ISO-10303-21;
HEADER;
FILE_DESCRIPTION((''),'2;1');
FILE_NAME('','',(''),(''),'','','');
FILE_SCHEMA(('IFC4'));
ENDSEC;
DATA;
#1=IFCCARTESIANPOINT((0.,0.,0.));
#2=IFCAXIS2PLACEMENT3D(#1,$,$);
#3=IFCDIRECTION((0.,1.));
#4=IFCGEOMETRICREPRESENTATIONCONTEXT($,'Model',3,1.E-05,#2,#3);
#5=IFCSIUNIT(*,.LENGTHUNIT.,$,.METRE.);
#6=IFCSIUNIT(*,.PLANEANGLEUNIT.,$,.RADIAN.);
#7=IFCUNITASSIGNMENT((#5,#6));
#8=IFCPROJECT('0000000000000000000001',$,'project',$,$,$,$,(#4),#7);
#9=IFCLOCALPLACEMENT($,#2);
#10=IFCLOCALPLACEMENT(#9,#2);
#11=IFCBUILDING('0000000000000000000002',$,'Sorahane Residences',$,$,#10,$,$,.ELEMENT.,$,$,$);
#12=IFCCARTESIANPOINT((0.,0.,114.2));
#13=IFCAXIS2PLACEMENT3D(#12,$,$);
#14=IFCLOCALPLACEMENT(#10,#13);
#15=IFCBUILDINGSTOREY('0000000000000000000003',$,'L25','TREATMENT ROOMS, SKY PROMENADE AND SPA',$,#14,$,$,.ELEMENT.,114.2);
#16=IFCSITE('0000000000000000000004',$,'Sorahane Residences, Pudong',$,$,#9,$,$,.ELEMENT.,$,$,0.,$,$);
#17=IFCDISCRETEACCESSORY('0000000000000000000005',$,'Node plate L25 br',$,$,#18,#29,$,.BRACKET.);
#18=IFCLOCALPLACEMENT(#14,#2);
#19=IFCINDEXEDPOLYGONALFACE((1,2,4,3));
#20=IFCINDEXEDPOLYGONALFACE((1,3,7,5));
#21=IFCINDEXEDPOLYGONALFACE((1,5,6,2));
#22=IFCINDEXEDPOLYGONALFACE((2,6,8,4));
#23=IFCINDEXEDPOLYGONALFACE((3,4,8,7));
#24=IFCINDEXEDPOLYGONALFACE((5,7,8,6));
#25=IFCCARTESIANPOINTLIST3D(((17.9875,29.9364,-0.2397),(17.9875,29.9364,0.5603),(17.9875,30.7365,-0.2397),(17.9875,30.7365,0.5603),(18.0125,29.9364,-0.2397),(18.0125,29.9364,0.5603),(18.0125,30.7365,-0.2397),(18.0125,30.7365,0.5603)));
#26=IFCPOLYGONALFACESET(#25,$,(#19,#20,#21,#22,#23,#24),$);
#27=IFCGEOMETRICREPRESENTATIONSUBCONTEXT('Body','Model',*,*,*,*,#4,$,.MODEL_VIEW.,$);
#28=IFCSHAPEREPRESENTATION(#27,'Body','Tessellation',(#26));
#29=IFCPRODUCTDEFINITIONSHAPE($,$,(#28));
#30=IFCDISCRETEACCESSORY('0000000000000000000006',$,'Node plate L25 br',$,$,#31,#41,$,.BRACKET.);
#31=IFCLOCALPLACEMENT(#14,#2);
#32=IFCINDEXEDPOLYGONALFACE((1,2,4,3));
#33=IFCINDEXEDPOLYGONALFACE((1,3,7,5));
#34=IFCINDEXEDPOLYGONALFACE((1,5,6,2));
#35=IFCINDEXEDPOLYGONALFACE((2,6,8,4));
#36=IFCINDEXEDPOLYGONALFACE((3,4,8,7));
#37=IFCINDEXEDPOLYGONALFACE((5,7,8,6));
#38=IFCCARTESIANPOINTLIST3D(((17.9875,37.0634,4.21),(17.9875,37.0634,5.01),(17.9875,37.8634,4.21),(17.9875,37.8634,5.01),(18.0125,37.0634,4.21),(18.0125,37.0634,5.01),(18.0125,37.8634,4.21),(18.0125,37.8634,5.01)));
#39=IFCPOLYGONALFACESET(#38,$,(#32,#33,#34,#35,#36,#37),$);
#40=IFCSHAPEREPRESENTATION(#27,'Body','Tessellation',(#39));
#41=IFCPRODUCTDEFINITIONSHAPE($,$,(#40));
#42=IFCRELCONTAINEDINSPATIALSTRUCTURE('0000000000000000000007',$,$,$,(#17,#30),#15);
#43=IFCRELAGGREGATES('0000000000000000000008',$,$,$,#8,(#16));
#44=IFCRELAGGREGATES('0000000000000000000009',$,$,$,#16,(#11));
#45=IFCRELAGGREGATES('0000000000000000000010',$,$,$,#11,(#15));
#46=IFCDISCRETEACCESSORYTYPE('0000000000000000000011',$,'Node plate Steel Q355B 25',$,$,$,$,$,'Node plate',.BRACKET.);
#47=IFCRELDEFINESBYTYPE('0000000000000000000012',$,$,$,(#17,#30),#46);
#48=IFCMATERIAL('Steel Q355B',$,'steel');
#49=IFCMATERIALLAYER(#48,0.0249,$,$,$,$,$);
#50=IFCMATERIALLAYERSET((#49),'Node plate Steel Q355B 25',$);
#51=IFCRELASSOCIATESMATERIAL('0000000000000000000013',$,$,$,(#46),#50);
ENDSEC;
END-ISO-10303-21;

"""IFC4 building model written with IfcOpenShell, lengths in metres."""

from ifc_helpers import new_model, si_unit, direction, frame, origin, origin_2d, place, context, subcontext, project, spatial, rectangle, extrude, material, layer, layer_set, type_object, element, save


model = new_model("IFC4")

# Units and contexts
model_context = context("Model", 3, precision=1e-05, world=origin(), true_north=direction((0.0, 1.0)))
body_context = subcontext(model_context, "Body", "Model", "MODEL_VIEW")
ifc_project = project(units=[si_unit("LENGTHUNIT", "METRE"), si_unit("PLANEANGLEUNIT", "RADIAN")], contexts=[model_context])

# Site, building, storey
site_placement = place(None, origin())
site = spatial("IfcSite", under=ifc_project, at=site_placement, Name="Sorahane Residences, Pudong", CompositionType="ELEMENT", RefElevation=0.0)
building_placement = place(site_placement, origin())
building = spatial("IfcBuilding", under=site, at=building_placement, Name="Sorahane Residences", CompositionType="ELEMENT")
storey_placement = place(building_placement, frame((0.0, 0.0, 114.2)))
storey = spatial("IfcBuildingStorey", under=building, at=storey_placement, Name="L25", Description="TREATMENT ROOMS, SKY PROMENADE AND SPA", CompositionType="ELEMENT", Elevation=114.2)

# Discrete accessories
ifc_material_1 = material(Name="Steel Q355B", Category="steel")
ifc_layer_1 = layer(ifc_material_1, 0.0249)
ifc_layer_set_1 = layer_set([ifc_layer_1], Name="Node plate Steel Q355B 25")
discrete_accessory_type = type_object("IfcDiscreteAccessoryType", Name="Node plate Steel Q355B 25", ElementType="Node plate", PredefinedType="BRACKET", material=ifc_layer_set_1)
for number, where, z_axis, x_axis, name in (
    (1, (18.0, 30.3364, -0.2397), (0.0, 0.0, 1.0), (0.0, 1.0, 0.0), "Node plate L25 br"),
    (2, (18.0, 37.4634, 4.21), (0.0, 0.0, 1.0), (0.0, 1.0, 0.0), "Node plate L25 br"),
):
    element("IfcDiscreteAccessory", number, at=place(storey_placement, frame(where, z_axis=z_axis, x_axis=x_axis)), inside=storey, type_object=discrete_accessory_type, Name=name, PredefinedType="BRACKET", context=body_context, shape_type="SweptSolid", body=[
        extrude(rectangle(XDim=0.8, YDim=0.0249, at=origin_2d()), origin(), (0.0, 0.0, 1.0), 0.8),
    ])

save(model, "model.ifc")
